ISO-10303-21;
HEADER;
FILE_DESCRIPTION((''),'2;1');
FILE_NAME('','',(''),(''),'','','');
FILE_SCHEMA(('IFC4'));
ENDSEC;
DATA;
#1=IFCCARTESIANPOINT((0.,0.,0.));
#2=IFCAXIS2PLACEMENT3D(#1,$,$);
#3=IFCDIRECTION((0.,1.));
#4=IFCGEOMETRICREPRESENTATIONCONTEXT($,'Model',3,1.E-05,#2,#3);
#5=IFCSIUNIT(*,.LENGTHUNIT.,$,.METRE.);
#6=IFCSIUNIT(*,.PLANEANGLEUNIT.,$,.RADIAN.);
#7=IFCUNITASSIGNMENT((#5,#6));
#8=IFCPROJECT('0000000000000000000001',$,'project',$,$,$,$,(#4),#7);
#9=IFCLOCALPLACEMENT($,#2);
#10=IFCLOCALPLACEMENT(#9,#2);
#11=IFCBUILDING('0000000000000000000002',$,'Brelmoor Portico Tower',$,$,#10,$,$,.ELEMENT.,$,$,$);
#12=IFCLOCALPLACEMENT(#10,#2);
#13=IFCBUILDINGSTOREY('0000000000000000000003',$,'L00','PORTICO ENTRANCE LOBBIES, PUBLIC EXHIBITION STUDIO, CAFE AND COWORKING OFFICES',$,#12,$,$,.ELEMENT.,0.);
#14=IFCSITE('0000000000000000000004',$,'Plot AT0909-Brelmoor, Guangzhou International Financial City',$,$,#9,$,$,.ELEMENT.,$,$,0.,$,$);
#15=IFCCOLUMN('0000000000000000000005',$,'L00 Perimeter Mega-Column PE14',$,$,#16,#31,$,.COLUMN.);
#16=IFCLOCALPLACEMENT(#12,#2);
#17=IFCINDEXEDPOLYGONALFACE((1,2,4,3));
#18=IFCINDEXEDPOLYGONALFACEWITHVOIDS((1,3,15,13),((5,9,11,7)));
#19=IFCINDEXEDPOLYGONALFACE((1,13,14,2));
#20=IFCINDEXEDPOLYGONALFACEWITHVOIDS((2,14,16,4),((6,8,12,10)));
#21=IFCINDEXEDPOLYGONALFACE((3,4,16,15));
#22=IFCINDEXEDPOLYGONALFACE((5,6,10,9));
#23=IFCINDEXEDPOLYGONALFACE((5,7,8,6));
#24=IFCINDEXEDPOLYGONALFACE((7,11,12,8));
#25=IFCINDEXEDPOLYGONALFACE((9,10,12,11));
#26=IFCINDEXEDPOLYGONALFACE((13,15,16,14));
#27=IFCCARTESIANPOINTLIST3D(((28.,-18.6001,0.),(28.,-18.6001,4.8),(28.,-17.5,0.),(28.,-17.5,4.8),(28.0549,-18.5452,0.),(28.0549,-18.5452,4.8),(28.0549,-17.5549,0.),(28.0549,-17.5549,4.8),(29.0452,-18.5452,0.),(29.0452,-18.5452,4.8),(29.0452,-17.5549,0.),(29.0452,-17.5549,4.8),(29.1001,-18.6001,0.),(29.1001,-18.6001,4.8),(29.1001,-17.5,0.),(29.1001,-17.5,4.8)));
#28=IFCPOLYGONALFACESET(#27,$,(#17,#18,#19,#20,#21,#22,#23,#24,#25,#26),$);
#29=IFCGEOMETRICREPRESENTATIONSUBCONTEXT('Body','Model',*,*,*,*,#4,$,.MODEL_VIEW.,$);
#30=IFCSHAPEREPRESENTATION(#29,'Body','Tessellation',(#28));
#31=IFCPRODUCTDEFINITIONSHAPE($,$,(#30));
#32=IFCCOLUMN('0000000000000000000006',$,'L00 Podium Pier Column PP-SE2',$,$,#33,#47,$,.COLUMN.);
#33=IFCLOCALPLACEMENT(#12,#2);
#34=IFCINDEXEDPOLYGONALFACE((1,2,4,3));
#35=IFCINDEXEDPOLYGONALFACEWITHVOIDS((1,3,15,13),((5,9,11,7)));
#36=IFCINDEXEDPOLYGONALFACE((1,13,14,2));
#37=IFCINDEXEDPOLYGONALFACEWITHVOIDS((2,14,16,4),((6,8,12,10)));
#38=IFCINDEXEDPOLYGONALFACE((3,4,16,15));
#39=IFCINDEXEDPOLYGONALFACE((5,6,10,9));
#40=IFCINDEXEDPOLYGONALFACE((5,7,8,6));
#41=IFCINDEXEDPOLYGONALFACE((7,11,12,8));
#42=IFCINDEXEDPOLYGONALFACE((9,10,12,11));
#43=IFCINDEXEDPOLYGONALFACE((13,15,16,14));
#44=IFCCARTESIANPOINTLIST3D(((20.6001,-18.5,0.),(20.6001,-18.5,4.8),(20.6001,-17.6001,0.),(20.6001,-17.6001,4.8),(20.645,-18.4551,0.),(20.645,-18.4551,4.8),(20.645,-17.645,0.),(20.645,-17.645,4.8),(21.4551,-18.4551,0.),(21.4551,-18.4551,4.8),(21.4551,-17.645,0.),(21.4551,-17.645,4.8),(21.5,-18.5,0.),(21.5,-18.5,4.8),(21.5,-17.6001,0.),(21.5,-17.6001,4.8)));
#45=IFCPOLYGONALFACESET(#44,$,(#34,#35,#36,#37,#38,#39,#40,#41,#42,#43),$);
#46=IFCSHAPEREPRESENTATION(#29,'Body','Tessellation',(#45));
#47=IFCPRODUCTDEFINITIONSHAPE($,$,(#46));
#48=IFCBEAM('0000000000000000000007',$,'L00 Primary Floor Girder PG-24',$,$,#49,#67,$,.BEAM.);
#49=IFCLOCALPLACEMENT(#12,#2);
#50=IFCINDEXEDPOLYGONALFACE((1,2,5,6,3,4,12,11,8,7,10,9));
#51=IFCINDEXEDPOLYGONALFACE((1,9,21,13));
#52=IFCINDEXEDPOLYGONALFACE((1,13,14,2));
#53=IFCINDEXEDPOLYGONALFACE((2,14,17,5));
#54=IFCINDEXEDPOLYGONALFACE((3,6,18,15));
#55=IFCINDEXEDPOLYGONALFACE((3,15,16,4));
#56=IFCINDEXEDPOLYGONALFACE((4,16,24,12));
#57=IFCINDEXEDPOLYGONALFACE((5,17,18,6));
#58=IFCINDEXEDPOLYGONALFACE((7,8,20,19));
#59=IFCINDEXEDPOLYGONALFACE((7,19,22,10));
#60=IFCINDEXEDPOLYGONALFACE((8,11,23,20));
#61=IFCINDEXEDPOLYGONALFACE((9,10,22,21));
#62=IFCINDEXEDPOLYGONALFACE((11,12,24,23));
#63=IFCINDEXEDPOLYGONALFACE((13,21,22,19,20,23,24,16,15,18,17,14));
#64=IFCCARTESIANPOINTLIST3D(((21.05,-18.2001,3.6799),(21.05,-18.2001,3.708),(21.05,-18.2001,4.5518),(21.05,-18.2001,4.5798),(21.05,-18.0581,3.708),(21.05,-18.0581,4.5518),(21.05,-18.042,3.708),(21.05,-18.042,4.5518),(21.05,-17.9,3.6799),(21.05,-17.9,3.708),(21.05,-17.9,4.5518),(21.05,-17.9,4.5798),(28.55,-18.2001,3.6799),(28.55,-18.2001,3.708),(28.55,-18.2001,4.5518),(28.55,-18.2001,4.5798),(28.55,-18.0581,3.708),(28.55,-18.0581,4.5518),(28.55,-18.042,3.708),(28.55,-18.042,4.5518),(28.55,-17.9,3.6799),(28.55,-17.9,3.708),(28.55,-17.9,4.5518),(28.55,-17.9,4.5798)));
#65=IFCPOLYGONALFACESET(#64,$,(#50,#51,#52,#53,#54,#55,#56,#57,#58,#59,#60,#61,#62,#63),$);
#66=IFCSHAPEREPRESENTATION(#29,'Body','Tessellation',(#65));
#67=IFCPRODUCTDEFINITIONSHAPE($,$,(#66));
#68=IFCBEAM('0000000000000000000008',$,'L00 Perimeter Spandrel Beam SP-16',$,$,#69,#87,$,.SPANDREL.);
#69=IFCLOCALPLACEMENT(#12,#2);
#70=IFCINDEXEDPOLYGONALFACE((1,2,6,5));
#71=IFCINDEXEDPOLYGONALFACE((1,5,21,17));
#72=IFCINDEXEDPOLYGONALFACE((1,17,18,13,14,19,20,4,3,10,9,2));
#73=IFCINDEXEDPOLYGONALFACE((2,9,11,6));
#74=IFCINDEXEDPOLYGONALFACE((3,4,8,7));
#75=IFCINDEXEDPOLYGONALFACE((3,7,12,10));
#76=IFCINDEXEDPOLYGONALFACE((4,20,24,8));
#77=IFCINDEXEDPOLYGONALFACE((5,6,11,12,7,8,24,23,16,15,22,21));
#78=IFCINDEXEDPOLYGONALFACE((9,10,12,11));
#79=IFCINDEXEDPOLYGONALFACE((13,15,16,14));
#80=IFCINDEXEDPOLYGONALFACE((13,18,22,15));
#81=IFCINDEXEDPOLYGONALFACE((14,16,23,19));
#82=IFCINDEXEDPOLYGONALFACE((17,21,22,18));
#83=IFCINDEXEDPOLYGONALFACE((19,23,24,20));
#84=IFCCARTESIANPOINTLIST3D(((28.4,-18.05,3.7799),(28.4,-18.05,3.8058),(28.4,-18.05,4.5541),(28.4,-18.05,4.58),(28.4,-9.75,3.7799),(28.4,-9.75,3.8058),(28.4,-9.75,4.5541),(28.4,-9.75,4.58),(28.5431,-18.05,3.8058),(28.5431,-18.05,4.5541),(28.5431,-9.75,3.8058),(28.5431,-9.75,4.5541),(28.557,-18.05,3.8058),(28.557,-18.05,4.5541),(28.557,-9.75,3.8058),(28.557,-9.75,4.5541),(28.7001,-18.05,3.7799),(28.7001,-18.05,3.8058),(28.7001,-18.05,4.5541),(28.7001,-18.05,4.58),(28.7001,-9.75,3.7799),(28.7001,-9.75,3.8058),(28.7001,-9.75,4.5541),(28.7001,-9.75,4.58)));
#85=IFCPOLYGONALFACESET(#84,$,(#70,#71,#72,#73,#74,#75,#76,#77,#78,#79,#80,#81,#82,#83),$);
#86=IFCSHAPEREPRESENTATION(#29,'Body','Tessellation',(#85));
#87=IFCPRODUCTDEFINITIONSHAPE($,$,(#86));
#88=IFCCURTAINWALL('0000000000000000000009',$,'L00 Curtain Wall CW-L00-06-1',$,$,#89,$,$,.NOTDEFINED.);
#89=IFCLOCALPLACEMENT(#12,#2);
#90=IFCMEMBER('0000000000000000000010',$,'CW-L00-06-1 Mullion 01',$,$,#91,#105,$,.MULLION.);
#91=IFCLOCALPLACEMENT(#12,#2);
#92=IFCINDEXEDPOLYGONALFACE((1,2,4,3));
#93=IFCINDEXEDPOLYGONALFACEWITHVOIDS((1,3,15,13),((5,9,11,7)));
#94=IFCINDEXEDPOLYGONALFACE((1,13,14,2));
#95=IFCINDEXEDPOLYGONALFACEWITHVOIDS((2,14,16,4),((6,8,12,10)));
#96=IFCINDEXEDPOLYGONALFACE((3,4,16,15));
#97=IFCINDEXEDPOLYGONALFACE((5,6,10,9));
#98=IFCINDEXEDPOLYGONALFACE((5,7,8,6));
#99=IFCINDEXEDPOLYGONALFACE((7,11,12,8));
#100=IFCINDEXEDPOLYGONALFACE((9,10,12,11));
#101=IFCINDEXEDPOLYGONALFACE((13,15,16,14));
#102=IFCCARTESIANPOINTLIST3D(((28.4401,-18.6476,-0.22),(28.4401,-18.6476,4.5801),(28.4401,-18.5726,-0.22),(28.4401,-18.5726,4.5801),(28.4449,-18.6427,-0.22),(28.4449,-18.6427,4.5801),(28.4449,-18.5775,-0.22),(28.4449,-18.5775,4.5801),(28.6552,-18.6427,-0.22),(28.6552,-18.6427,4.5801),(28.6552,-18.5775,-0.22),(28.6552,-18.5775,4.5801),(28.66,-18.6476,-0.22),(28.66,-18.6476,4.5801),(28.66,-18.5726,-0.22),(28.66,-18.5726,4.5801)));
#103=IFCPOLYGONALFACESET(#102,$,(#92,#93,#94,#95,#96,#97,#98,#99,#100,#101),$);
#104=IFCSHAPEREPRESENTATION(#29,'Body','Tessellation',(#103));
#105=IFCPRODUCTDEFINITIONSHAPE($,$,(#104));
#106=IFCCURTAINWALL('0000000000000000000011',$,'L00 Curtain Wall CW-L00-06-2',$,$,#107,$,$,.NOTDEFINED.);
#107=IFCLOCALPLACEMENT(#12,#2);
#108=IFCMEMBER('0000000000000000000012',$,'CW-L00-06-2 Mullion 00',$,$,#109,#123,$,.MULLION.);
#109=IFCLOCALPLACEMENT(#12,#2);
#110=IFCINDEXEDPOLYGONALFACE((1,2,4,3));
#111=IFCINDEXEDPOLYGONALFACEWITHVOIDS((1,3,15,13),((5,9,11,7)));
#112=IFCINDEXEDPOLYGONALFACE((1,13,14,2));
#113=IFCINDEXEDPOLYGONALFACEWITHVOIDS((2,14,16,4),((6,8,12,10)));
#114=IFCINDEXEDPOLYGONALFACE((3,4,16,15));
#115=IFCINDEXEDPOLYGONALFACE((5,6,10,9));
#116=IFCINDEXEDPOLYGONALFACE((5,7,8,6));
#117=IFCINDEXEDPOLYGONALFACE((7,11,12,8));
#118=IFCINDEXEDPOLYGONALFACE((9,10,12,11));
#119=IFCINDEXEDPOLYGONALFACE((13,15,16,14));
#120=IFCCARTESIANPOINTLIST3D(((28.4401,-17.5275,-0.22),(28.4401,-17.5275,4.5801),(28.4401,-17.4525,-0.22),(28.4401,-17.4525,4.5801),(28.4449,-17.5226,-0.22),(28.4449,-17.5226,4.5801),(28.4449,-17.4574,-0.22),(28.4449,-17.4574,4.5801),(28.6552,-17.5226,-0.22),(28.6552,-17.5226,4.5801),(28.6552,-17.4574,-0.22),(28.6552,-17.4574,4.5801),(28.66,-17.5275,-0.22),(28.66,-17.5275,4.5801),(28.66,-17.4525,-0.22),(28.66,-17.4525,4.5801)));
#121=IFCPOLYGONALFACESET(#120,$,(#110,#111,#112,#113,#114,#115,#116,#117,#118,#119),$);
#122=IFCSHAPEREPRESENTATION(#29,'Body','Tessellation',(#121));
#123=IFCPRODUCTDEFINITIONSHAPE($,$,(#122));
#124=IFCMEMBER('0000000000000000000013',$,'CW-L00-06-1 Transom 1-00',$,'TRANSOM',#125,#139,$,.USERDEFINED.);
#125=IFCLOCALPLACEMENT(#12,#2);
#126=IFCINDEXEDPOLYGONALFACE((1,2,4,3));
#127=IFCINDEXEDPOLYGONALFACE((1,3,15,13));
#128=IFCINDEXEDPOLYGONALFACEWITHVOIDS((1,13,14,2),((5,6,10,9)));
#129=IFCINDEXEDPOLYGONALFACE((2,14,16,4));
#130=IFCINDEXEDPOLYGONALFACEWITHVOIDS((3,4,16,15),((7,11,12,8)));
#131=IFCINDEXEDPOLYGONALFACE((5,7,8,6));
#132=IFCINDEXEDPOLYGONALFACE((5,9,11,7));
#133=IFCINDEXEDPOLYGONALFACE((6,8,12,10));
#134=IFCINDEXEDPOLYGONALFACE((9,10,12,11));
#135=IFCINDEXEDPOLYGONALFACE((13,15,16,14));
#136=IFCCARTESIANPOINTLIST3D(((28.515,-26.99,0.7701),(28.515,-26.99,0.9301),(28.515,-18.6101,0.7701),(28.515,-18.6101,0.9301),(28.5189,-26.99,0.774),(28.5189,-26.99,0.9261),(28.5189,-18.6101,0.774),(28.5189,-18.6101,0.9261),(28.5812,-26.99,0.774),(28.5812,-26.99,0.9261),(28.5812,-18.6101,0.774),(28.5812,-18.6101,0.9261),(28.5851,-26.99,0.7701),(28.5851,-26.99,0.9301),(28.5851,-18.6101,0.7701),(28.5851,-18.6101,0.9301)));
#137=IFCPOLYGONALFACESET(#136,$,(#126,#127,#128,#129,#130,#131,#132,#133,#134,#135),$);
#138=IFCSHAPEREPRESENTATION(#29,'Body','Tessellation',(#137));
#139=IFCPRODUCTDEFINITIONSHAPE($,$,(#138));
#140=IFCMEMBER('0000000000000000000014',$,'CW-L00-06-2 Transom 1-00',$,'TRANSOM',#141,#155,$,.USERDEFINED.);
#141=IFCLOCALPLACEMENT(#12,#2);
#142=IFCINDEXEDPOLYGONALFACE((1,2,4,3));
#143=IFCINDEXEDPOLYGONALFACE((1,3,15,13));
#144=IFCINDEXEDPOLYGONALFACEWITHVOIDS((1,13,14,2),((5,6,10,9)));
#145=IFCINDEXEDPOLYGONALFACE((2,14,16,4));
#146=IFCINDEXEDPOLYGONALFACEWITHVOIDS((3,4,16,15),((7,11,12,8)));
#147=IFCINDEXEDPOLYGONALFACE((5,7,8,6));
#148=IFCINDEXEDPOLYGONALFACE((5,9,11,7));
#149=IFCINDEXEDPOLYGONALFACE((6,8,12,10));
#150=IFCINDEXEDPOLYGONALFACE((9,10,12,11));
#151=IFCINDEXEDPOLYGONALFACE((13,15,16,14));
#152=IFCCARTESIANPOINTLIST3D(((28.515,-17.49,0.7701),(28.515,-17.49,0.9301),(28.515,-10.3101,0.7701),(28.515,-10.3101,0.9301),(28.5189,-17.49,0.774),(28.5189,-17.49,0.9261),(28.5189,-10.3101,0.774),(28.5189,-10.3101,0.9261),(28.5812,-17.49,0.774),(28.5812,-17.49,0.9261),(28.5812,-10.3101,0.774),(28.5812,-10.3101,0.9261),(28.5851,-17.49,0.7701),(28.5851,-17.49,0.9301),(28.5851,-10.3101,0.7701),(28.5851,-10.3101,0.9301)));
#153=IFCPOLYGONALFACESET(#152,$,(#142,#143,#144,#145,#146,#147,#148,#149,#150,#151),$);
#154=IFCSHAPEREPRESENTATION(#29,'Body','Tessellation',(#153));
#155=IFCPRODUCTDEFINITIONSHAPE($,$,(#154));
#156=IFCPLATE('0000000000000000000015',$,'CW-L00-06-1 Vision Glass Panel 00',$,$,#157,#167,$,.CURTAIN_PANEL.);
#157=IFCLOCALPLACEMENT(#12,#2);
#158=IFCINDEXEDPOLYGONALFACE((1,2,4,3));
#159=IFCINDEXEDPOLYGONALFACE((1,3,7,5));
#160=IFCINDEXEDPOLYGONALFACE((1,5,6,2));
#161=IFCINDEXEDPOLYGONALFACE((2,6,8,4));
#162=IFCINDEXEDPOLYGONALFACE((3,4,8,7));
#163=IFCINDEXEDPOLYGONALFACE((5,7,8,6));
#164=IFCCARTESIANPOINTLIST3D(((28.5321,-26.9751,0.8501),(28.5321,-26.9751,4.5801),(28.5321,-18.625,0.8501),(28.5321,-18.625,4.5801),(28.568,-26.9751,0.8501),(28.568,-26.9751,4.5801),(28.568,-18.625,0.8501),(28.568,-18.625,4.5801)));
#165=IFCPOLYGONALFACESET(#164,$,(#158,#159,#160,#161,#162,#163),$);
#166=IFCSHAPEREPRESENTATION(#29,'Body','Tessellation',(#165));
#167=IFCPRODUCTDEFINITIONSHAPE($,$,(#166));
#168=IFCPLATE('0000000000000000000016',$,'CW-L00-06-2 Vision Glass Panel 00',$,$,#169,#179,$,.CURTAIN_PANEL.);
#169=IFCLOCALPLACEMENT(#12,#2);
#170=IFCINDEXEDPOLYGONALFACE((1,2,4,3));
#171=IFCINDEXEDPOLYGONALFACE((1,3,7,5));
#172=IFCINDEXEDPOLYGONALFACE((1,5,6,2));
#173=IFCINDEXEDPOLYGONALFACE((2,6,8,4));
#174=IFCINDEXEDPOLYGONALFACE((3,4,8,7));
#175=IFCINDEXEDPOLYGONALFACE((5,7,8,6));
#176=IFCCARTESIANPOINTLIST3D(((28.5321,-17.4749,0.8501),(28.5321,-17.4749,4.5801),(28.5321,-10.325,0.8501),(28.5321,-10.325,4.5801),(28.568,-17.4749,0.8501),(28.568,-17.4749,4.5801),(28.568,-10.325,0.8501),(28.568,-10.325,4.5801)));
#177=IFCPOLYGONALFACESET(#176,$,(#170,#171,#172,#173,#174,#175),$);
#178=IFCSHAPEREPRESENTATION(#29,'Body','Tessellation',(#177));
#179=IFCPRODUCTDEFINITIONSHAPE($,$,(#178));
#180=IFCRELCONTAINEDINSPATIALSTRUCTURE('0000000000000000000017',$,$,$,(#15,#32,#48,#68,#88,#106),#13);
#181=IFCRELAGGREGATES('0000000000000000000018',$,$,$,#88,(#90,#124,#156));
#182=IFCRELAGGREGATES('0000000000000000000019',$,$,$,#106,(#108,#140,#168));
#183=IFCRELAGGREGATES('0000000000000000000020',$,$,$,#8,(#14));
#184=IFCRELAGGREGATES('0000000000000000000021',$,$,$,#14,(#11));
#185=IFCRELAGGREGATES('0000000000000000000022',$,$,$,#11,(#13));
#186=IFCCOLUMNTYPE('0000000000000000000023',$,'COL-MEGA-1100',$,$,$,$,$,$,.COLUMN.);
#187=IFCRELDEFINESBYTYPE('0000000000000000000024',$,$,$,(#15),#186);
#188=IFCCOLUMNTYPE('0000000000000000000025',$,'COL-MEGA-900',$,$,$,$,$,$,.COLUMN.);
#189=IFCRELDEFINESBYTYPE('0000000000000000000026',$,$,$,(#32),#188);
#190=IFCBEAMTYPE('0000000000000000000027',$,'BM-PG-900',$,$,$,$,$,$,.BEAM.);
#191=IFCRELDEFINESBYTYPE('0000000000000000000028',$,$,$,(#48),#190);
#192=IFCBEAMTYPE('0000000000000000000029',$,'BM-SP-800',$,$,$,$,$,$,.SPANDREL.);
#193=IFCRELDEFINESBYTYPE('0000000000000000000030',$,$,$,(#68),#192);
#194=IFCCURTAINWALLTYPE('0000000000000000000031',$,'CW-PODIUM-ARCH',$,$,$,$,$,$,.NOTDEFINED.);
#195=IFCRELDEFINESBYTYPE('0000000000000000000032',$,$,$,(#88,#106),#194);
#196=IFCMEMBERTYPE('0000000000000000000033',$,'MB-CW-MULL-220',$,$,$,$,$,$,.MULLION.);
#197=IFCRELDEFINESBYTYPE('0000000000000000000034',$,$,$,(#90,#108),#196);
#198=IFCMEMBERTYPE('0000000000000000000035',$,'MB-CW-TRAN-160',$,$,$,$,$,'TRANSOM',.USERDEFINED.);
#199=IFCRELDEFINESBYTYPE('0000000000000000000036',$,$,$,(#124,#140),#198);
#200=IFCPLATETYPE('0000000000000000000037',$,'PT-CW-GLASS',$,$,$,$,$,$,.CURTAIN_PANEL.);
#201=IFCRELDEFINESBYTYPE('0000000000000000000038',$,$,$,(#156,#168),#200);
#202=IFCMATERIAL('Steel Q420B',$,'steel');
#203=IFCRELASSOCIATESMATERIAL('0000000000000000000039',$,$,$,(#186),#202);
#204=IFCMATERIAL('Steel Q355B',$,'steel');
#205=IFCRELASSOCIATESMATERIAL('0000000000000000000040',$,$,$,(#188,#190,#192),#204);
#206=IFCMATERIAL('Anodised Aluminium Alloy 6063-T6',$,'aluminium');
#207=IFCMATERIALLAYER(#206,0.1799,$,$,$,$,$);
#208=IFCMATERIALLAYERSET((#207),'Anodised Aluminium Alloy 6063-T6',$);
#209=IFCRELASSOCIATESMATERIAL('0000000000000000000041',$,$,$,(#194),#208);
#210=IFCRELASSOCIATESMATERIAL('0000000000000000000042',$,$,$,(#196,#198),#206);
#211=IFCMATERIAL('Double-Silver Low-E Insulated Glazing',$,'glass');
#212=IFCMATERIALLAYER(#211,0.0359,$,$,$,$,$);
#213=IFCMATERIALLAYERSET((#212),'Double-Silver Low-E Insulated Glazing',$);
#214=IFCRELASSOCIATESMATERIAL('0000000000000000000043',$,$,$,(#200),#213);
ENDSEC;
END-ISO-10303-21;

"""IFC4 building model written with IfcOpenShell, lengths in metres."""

from ifc_helpers import new_model, si_unit, direction, frame, origin, origin_2d, place, context, subcontext, project, spatial, rectangle, hollow_rectangle, i_section, extrude, material, layer, layer_set, material_profile, profile_set, type_object, element, aggregate, save


model = new_model("IFC4")

# Units and contexts
model_context = context("Model", 3, precision=1e-05, world=origin(), true_north=direction((0.0, 1.0)))
body_context = subcontext(model_context, "Body", "Model", "MODEL_VIEW")
ifc_project = project(units=[si_unit("LENGTHUNIT", "METRE"), si_unit("PLANEANGLEUNIT", "RADIAN")], contexts=[model_context])

# Site, building, storey
site_placement = place(None, origin())
site = spatial("IfcSite", under=ifc_project, at=site_placement, Name="Plot AT0909-Brelmoor, Guangzhou International Financial City", CompositionType="ELEMENT", RefElevation=0.0)
building_placement = place(site_placement, origin())
building = spatial("IfcBuilding", under=site, at=building_placement, Name="Brelmoor Portico Tower", CompositionType="ELEMENT")
storey_placement = place(building_placement, origin())
storey = spatial("IfcBuildingStorey", under=building, at=storey_placement, Name="L00", Description="PORTICO ENTRANCE LOBBIES, PUBLIC EXHIBITION STUDIO, CAFE AND COWORKING OFFICES", CompositionType="ELEMENT", Elevation=0.0)

# Columns
ifc_material_1 = material(Name="Steel Q420B", Category="steel")
ifc_material_profile_1 = material_profile(ifc_material_1, hollow_rectangle(XDim=1.1001, YDim=1.1001, WallThickness=0.0549, at=origin_2d()), Name="BOX 1100x1100x55")
ifc_profile_set_1 = profile_set([ifc_material_profile_1], Name="Steel Q420B")
column_type_1 = type_object("IfcColumnType", Name="COL-MEGA-1100", PredefinedType="COLUMN", material=ifc_profile_set_1)
column_1_placement = place(storey_placement, frame((28.55, -18.05, 0.0), z_axis=(0.0, 0.0, 1.0), x_axis=(0.0, 1.0, 0.0)))
element("IfcColumn", 1, at=column_1_placement, inside=storey, type_object=column_type_1, Name="L00 Perimeter Mega-Column PE14", PredefinedType="COLUMN", context=body_context, shape_type="SweptSolid", body=[
    extrude(hollow_rectangle(XDim=1.1001, YDim=1.1001, WallThickness=0.0549, at=origin_2d()), origin(), (0.0, 0.0, 1.0), 4.8),
])
ifc_material_2 = material(Name="Steel Q355B", Category="steel")
ifc_material_profile_2 = material_profile(ifc_material_2, hollow_rectangle(XDim=0.8999, YDim=0.8999, WallThickness=0.0449, at=origin_2d()), Name="BOX 900x900x45")
ifc_profile_set_2 = profile_set([ifc_material_profile_2], Name="Steel Q355B")
column_type_2 = type_object("IfcColumnType", Name="COL-MEGA-900", PredefinedType="COLUMN", material=ifc_profile_set_2)
column_2_placement = place(storey_placement, frame((21.05, -18.05, 0.0), z_axis=(0.0, 0.0, 1.0), x_axis=(1.0, 0.0, 0.0)))
element("IfcColumn", 2, at=column_2_placement, inside=storey, type_object=column_type_2, Name="L00 Podium Pier Column PP-SE2", PredefinedType="COLUMN", context=body_context, shape_type="SweptSolid", body=[
    extrude(hollow_rectangle(XDim=0.8999, YDim=0.8999, WallThickness=0.0449, at=origin_2d()), origin(), (0.0, 0.0, 1.0), 4.8),
])

# Beams
ifc_material_profile_3 = material_profile(ifc_material_2, i_section(OverallWidth=0.3, OverallDepth=0.8999, WebThickness=0.0161, FlangeThickness=0.0281, at=origin_2d()), Name="HN 900x300x16x28")
ifc_profile_set_3 = profile_set([ifc_material_profile_3], Name="Steel Q355B")
beam_type_1 = type_object("IfcBeamType", Name="BM-PG-900", PredefinedType="BEAM", material=ifc_profile_set_3)
beam_1_placement = place(storey_placement, frame((21.05, -18.05, 4.1299), z_axis=(1.0, 0.0, 0.0), x_axis=(0.0, 1.0, 0.0)))
element("IfcBeam", 3, at=beam_1_placement, inside=storey, type_object=beam_type_1, Name="L00 Primary Floor Girder PG-24", PredefinedType="BEAM", context=body_context, shape_type="SweptSolid", body=[
    extrude(i_section(OverallWidth=0.3, OverallDepth=0.8999, WebThickness=0.0161, FlangeThickness=0.0281, at=origin_2d()), origin(), (0.0, 0.0, 1.0), 7.5),
])
ifc_material_profile_4 = material_profile(ifc_material_2, i_section(OverallWidth=0.3, OverallDepth=0.8, WebThickness=0.0139, FlangeThickness=0.0259, at=origin_2d()), Name="HN 800x300x14x26")
ifc_profile_set_4 = profile_set([ifc_material_profile_4], Name="Steel Q355B")
beam_type_2 = type_object("IfcBeamType", Name="BM-SP-800", PredefinedType="SPANDREL", material=ifc_profile_set_4)
beam_2_placement = place(storey_placement, frame((28.55, -18.05, 4.1799), z_axis=(0.0, 1.0, 0.0), x_axis=(-1.0, 0.0, 0.0)))
element("IfcBeam", 4, at=beam_2_placement, inside=storey, type_object=beam_type_2, Name="L00 Perimeter Spandrel Beam SP-16", PredefinedType="SPANDREL", context=body_context, shape_type="SweptSolid", body=[
    extrude(i_section(OverallWidth=0.3, OverallDepth=0.8, WebThickness=0.0139, FlangeThickness=0.0259, at=origin_2d()), origin(), (0.0, 0.0, 1.0), 8.3),
])

# Curtain walls, members
ifc_material_3 = material(Name="Anodised Aluminium Alloy 6063-T6", Category="aluminium")
ifc_layer_1 = layer(ifc_material_3, 0.1799)
ifc_layer_set_1 = layer_set([ifc_layer_1], Name="Anodised Aluminium Alloy 6063-T6")
curtain_wall_type = type_object("IfcCurtainWallType", Name="CW-PODIUM-ARCH", PredefinedType="NOTDEFINED", material=ifc_layer_set_1)
curtain_wall_1_placement = place(storey_placement, origin())
curtain_wall_1 = element("IfcCurtainWall", 5, at=curtain_wall_1_placement, inside=storey, type_object=curtain_wall_type, Name="L00 Curtain Wall CW-L00-06-1", PredefinedType="NOTDEFINED")
ifc_material_profile_5 = material_profile(ifc_material_3, hollow_rectangle(XDim=0.075, YDim=0.22, WallThickness=0.0049, at=origin_2d()), Name="ALU MULLION 75x220")
ifc_profile_set_5 = profile_set([ifc_material_profile_5], Name="Anodised Aluminium Alloy 6063-T6")
member_type_1 = type_object("IfcMemberType", Name="MB-CW-MULL-220", PredefinedType="MULLION", material=ifc_profile_set_5)
member_1_placement = place(storey_placement, frame((28.55, -18.6101, -0.22), z_axis=(0.0, 0.0, 1.0), x_axis=(0.0, 1.0, 0.0)))
member_1 = element("IfcMember", 6, at=member_1_placement, type_object=member_type_1, Name="CW-L00-06-1 Mullion 01", PredefinedType="MULLION", context=body_context, shape_type="SweptSolid", body=[
    extrude(hollow_rectangle(XDim=0.075, YDim=0.22, WallThickness=0.0049, at=origin_2d()), origin(), (0.0, 0.0, 1.0), 4.8),
])
curtain_wall_2_placement = place(storey_placement, origin())
curtain_wall_2 = element("IfcCurtainWall", 7, at=curtain_wall_2_placement, inside=storey, type_object=curtain_wall_type, Name="L00 Curtain Wall CW-L00-06-2", PredefinedType="NOTDEFINED")
member_2_placement = place(storey_placement, frame((28.55, -17.49, -0.22), z_axis=(0.0, 0.0, 1.0), x_axis=(0.0, 1.0, 0.0)))
member_2 = element("IfcMember", 8, at=member_2_placement, type_object=member_type_1, Name="CW-L00-06-2 Mullion 00", PredefinedType="MULLION", context=body_context, shape_type="SweptSolid", body=[
    extrude(hollow_rectangle(XDim=0.075, YDim=0.22, WallThickness=0.0049, at=origin_2d()), origin(), (0.0, 0.0, 1.0), 4.8),
])

# Members
ifc_material_profile_6 = material_profile(ifc_material_3, hollow_rectangle(XDim=0.0701, YDim=0.1599, WallThickness=0.0039, at=origin_2d()), Name="ALU TRANSOM 70x160")
ifc_profile_set_6 = profile_set([ifc_material_profile_6], Name="Anodised Aluminium Alloy 6063-T6")
member_type_2 = type_object("IfcMemberType", Name="MB-CW-TRAN-160", ElementType="TRANSOM", PredefinedType="USERDEFINED", material=ifc_profile_set_6)
member_3_placement = place(storey_placement, frame((28.55, -26.99, 0.8501), z_axis=(0.0, 1.0, 0.0), x_axis=(-1.0, 0.0, 0.0)))
member_3 = element("IfcMember", 9, at=member_3_placement, type_object=member_type_2, Name="CW-L00-06-1 Transom 1-00", ObjectType="TRANSOM", PredefinedType="USERDEFINED", context=body_context, shape_type="SweptSolid", body=[
    extrude(hollow_rectangle(XDim=0.0701, YDim=0.1599, WallThickness=0.0039, at=origin_2d()), origin(), (0.0, 0.0, 1.0), 8.3799),
])
member_4_placement = place(storey_placement, frame((28.55, -17.49, 0.8501), z_axis=(0.0, 1.0, 0.0), x_axis=(-1.0, 0.0, 0.0)))
member_4 = element("IfcMember", 10, at=member_4_placement, type_object=member_type_2, Name="CW-L00-06-2 Transom 1-00", ObjectType="TRANSOM", PredefinedType="USERDEFINED", context=body_context, shape_type="SweptSolid", body=[
    extrude(hollow_rectangle(XDim=0.0701, YDim=0.1599, WallThickness=0.0039, at=origin_2d()), origin(), (0.0, 0.0, 1.0), 7.1799),
])

# Plates
ifc_material_4 = material(Name="Double-Silver Low-E Insulated Glazing", Category="glass")
ifc_layer_2 = layer(ifc_material_4, 0.0359)
ifc_layer_set_2 = layer_set([ifc_layer_2], Name="Double-Silver Low-E Insulated Glazing")
plate_type_1 = type_object("IfcPlateType", Name="PT-CW-GLASS", PredefinedType="CURTAIN_PANEL", material=ifc_layer_set_2)
plate_1_placement = place(storey_placement, frame((28.55, -22.8, 0.8501), z_axis=(0.0, 0.0, 1.0), x_axis=(0.0, 1.0, 0.0)))
plate_1 = element("IfcPlate", 11, at=plate_1_placement, type_object=plate_type_1, Name="CW-L00-06-1 Vision Glass Panel 00", PredefinedType="CURTAIN_PANEL", context=body_context, shape_type="SweptSolid", body=[
    extrude(rectangle(XDim=8.3501, YDim=0.0359, at=origin_2d()), origin(), (0.0, 0.0, 1.0), 3.73),
])
plate_2_placement = place(storey_placement, frame((28.55, -13.8999, 0.8501), z_axis=(0.0, 0.0, 1.0), x_axis=(0.0, 1.0, 0.0)))
plate_2 = element("IfcPlate", 12, at=plate_2_placement, type_object=plate_type_1, Name="CW-L00-06-2 Vision Glass Panel 00", PredefinedType="CURTAIN_PANEL", context=body_context, shape_type="SweptSolid", body=[
    extrude(rectangle(XDim=7.1499, YDim=0.0359, at=origin_2d()), origin(), (0.0, 0.0, 1.0), 3.73),
])
aggregate(curtain_wall_1, [member_1, member_3, plate_1])
aggregate(curtain_wall_2, [member_2, member_4, plate_2])

save(model, "model.ifc")
